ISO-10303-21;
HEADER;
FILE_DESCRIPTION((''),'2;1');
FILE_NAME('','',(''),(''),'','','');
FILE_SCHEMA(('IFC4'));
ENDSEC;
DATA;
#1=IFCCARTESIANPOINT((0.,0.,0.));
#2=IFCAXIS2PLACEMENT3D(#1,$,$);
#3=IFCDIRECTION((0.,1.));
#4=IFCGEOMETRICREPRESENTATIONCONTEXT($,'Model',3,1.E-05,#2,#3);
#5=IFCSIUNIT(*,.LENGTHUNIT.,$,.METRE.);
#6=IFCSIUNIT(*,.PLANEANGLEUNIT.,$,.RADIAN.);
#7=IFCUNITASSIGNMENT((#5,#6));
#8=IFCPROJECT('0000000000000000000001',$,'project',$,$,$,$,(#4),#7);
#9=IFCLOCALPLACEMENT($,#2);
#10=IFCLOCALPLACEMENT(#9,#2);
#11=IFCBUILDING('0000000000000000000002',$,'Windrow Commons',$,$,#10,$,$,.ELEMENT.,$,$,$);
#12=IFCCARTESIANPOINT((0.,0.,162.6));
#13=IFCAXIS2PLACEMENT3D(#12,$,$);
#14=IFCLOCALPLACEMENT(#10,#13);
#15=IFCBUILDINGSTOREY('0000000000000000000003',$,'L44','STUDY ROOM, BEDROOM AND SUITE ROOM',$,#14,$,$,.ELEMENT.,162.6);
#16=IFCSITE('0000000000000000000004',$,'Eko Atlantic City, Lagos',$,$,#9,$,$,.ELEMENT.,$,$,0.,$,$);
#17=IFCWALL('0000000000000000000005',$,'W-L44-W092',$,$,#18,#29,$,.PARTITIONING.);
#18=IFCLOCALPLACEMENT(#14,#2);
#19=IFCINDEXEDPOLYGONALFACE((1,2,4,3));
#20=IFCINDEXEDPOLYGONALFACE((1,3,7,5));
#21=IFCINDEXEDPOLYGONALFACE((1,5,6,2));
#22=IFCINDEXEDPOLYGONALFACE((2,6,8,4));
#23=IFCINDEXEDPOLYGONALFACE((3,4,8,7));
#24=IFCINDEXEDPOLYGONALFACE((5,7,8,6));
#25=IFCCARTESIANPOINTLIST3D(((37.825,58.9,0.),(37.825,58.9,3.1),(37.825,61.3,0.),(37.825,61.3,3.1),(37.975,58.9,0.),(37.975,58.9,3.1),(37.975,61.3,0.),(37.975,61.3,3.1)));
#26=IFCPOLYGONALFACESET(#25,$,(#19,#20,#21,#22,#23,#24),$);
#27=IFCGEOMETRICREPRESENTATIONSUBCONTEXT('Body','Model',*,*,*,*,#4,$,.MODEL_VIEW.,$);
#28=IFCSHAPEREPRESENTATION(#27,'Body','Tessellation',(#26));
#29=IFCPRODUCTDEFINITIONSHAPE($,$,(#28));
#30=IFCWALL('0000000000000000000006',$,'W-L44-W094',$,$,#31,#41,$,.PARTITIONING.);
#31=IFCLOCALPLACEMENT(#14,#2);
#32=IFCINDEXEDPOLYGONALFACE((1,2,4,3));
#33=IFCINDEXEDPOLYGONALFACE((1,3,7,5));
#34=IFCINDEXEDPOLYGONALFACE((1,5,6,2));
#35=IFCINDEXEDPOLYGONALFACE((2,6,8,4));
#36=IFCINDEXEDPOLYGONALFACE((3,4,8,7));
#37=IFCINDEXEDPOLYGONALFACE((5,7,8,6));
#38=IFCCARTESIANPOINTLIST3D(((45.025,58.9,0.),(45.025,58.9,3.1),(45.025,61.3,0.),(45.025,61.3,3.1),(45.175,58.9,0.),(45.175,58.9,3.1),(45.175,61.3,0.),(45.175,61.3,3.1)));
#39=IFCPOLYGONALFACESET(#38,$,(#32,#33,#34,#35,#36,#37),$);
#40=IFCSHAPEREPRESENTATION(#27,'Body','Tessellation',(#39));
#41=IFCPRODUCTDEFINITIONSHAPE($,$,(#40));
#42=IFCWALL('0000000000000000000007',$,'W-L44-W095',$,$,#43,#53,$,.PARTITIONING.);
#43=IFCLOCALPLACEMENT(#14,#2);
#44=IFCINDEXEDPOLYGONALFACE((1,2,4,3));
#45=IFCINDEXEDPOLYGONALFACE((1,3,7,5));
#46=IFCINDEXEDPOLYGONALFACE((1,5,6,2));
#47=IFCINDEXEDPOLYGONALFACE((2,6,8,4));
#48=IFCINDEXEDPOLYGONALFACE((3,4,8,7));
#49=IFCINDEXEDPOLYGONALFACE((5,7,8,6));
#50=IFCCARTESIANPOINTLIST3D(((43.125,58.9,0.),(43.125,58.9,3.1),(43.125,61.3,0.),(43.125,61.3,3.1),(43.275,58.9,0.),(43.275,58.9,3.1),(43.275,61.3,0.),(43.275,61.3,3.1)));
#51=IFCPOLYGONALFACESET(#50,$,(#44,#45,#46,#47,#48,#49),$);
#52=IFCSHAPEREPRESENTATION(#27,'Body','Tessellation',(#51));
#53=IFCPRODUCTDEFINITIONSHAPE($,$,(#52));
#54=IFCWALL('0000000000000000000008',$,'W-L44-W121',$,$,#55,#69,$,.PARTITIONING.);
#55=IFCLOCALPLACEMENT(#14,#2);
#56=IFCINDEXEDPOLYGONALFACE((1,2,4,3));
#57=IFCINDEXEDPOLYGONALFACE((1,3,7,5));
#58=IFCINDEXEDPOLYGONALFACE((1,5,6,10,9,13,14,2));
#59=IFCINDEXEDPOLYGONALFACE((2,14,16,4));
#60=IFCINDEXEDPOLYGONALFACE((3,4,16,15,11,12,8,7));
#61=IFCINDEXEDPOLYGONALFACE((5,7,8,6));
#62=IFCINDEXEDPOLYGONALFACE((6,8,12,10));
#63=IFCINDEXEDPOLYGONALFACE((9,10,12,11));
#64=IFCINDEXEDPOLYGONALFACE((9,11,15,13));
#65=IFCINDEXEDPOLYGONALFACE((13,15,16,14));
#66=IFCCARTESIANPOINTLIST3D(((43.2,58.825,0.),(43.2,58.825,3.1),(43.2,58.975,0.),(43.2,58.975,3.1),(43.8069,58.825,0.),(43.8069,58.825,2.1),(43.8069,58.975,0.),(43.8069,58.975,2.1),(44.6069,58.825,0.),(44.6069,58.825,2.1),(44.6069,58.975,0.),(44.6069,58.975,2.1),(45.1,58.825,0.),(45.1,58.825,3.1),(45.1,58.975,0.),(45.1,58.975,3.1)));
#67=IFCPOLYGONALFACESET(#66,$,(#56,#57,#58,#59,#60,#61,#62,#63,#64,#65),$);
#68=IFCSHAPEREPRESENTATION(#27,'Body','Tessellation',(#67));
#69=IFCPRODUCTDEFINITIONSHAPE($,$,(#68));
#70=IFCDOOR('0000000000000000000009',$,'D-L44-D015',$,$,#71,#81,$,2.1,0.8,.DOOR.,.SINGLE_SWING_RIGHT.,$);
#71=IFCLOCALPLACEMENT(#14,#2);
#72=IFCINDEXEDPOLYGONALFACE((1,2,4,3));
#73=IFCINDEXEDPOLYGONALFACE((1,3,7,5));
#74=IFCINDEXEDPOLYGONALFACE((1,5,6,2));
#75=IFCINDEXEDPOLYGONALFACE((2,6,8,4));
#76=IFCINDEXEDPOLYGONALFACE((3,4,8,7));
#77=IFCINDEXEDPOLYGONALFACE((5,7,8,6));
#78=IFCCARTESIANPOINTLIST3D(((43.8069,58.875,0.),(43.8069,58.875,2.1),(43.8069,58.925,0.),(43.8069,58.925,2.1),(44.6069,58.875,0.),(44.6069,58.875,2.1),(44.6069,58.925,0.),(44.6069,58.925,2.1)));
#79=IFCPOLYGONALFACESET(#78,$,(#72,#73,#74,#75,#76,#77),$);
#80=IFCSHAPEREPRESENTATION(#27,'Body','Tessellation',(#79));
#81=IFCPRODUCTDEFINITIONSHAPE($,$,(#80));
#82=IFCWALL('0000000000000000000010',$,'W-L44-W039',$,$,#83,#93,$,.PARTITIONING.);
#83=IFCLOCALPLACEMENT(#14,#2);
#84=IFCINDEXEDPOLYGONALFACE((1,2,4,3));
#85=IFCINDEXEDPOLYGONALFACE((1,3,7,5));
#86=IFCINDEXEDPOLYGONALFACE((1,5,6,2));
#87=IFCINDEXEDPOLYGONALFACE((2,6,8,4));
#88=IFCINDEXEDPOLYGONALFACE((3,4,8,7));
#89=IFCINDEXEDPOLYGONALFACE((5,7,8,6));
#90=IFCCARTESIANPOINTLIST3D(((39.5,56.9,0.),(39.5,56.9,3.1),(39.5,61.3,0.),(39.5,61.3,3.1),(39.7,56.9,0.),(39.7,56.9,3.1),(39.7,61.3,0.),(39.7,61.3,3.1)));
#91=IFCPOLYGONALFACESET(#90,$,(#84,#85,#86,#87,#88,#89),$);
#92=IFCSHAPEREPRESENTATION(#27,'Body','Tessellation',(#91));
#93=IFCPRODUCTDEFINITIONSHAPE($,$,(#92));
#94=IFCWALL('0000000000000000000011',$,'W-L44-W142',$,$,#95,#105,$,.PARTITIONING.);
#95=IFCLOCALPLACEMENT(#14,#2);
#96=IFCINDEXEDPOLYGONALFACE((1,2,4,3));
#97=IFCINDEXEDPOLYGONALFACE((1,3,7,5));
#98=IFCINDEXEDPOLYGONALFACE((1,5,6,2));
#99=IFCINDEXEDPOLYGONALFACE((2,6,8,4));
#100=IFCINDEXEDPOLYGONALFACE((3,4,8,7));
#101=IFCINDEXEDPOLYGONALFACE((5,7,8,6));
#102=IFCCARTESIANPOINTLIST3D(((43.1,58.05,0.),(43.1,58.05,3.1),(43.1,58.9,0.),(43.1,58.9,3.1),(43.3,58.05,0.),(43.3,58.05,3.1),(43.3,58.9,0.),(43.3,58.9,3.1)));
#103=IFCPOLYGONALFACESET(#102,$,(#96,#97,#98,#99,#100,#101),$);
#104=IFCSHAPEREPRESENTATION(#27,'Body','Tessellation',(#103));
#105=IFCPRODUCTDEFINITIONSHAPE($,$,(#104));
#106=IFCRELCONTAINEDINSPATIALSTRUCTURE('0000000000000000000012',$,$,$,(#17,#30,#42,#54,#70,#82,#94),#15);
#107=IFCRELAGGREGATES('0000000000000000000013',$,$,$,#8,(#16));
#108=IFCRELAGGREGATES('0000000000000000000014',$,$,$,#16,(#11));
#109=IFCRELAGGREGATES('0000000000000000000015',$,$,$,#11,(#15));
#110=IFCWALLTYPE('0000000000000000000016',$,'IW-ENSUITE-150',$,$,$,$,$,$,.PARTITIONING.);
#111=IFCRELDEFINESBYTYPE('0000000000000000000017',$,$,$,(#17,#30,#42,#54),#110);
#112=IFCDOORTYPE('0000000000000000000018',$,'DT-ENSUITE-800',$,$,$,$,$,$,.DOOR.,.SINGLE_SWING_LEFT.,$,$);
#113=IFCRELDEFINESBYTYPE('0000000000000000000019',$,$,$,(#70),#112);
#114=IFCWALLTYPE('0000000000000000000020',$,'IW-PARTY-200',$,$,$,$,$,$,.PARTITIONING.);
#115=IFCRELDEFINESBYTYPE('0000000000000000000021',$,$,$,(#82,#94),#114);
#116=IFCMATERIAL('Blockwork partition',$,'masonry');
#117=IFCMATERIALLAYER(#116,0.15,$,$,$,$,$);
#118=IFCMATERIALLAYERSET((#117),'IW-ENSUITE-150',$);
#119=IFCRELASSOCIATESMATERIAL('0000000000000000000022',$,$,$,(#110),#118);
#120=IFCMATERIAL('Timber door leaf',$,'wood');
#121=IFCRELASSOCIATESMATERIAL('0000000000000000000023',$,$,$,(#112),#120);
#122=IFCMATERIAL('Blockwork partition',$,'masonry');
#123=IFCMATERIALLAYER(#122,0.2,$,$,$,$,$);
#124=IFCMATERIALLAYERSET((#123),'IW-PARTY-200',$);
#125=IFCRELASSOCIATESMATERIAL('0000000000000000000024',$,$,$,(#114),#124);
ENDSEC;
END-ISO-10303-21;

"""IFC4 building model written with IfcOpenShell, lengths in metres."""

from ifc_helpers import new_model, si_unit, direction, frame, frame_2d, origin, place, context, subcontext, project, spatial, rectangle, extrude, material, layer, layer_set, type_object, element, fill, save


model = new_model("IFC4")

# Units and contexts
model_context = context("Model", 3, precision=1e-05, world=origin(), true_north=direction((0.0, 1.0)))
body_context = subcontext(model_context, "Body", "Model", "MODEL_VIEW")
ifc_project = project(units=[si_unit("LENGTHUNIT", "METRE"), si_unit("PLANEANGLEUNIT", "RADIAN")], contexts=[model_context])

# Site, building, storey
site_placement = place(None, origin())
site = spatial("IfcSite", under=ifc_project, at=site_placement, Name="Eko Atlantic City, Lagos", CompositionType="ELEMENT", RefElevation=0.0)
building_placement = place(site_placement, origin())
building = spatial("IfcBuilding", under=site, at=building_placement, Name="Windrow Commons", CompositionType="ELEMENT")
storey_placement = place(building_placement, frame((0.0, 0.0, 162.6)))
storey = spatial("IfcBuildingStorey", under=building, at=storey_placement, Name="L44", Description="STUDY ROOM, BEDROOM AND SUITE ROOM", CompositionType="ELEMENT", Elevation=162.6)

# Walls
ifc_material_1 = material(Name="Blockwork partition", Category="masonry")
ifc_layer_1 = layer(ifc_material_1, 0.15)
ifc_layer_set_1 = layer_set([ifc_layer_1], Name="IW-ENSUITE-150")
wall_type_1 = type_object("IfcWallType", Name="IW-ENSUITE-150", PredefinedType="PARTITIONING", material=ifc_layer_set_1)
for number, where, z_axis, x_axis, name in (
    (1, (37.9, 58.9, 0.0), (0.0, 0.0, 1.0), (0.0, 1.0, 0.0), "W-L44-W092"),
    (2, (45.1, 58.9, 0.0), (0.0, 0.0, 1.0), (0.0, 1.0, 0.0), "W-L44-W094"),
    (3, (43.2, 58.9, 0.0), (0.0, 0.0, 1.0), (0.0, 1.0, 0.0), "W-L44-W095"),
):
    element("IfcWall", number, at=place(storey_placement, frame(where, z_axis=z_axis, x_axis=x_axis)), inside=storey, type_object=wall_type_1, Name=name, PredefinedType="PARTITIONING", context=body_context, shape_type="SweptSolid", body=[
        extrude(rectangle(XDim=2.4, YDim=0.15, at=frame_2d((1.2, 0.0))), origin(), (0.0, 0.0, 1.0), 3.1),
    ])

# Wall, opening, door
wall_1_placement = place(storey_placement, frame((43.2, 58.9, 0.0), z_axis=(0.0, 0.0, 1.0), x_axis=(1.0, 0.0, 0.0)))
wall_1 = element("IfcWall", 4, at=wall_1_placement, inside=storey, type_object=wall_type_1, Name="W-L44-W121", PredefinedType="PARTITIONING", context=body_context, shape_type="SweptSolid", body=[
    extrude(rectangle(XDim=1.9, YDim=0.15, at=frame_2d((0.95, 0.0))), origin(), (0.0, 0.0, 1.0), 3.1),
])
opening_1_placement = place(wall_1_placement, frame((0.6069, 0.0, 0.0)))
opening_1 = element("IfcOpeningElement", 5, at=opening_1_placement, cuts=wall_1, PredefinedType="OPENING", context=body_context, shape_type="SweptSolid", body=[
    extrude(rectangle(XDim=0.8, YDim=2.1, at=frame_2d((0.4, 1.05))), frame((0.0, 0.085, 0.0), z_axis=(0.0, -1.0, 0.0), x_axis=(1.0, 0.0, 0.0)), (0.0, 0.0, 1.0), 0.17),
])
ifc_material_2 = material(Name="Timber door leaf", Category="wood")
door_type_1 = type_object("IfcDoorType", Name="DT-ENSUITE-800", OperationType="SINGLE_SWING_LEFT", PredefinedType="DOOR", material=ifc_material_2)
door_1_placement = place(opening_1_placement, origin())
door_1 = element("IfcDoor", 6, at=door_1_placement, inside=storey, type_object=door_type_1, Name="D-L44-D015", OperationType="SINGLE_SWING_RIGHT", OverallHeight=2.1, OverallWidth=0.8, PredefinedType="DOOR", context=body_context, shape_type="SweptSolid", body=[
    extrude(rectangle(XDim=0.8, YDim=2.1, at=frame_2d((0.4, 1.05))), frame((0.0, 0.025, 0.0), z_axis=(0.0, -1.0, 0.0), x_axis=(1.0, 0.0, 0.0)), (0.0, 0.0, 1.0), 0.05),
])
fill(opening_1, door_1)

# Walls
ifc_material_3 = material(Name="Blockwork partition", Category="masonry")
ifc_layer_2 = layer(ifc_material_3, 0.2)
ifc_layer_set_2 = layer_set([ifc_layer_2], Name="IW-PARTY-200")
wall_type_2 = type_object("IfcWallType", Name="IW-PARTY-200", PredefinedType="PARTITIONING", material=ifc_layer_set_2)
wall_2_placement = place(storey_placement, frame((39.6, 56.9, 0.0), z_axis=(0.0, 0.0, 1.0), x_axis=(0.0, 1.0, 0.0)))
element("IfcWall", 7, at=wall_2_placement, inside=storey, type_object=wall_type_2, Name="W-L44-W039", PredefinedType="PARTITIONING", context=body_context, shape_type="SweptSolid", body=[
    extrude(rectangle(XDim=4.4, YDim=0.2, at=frame_2d((2.2, 0.0))), origin(), (0.0, 0.0, 1.0), 3.1),
])
wall_3_placement = place(storey_placement, frame((43.2, 58.05, 0.0), z_axis=(0.0, 0.0, 1.0), x_axis=(0.0, 1.0, 0.0)))
element("IfcWall", 8, at=wall_3_placement, inside=storey, type_object=wall_type_2, Name="W-L44-W142", PredefinedType="PARTITIONING", context=body_context, shape_type="SweptSolid", body=[
    extrude(rectangle(XDim=0.85, YDim=0.2, at=frame_2d((0.425, 0.0))), origin(), (0.0, 0.0, 1.0), 3.1),
])

save(model, "model.ifc")
